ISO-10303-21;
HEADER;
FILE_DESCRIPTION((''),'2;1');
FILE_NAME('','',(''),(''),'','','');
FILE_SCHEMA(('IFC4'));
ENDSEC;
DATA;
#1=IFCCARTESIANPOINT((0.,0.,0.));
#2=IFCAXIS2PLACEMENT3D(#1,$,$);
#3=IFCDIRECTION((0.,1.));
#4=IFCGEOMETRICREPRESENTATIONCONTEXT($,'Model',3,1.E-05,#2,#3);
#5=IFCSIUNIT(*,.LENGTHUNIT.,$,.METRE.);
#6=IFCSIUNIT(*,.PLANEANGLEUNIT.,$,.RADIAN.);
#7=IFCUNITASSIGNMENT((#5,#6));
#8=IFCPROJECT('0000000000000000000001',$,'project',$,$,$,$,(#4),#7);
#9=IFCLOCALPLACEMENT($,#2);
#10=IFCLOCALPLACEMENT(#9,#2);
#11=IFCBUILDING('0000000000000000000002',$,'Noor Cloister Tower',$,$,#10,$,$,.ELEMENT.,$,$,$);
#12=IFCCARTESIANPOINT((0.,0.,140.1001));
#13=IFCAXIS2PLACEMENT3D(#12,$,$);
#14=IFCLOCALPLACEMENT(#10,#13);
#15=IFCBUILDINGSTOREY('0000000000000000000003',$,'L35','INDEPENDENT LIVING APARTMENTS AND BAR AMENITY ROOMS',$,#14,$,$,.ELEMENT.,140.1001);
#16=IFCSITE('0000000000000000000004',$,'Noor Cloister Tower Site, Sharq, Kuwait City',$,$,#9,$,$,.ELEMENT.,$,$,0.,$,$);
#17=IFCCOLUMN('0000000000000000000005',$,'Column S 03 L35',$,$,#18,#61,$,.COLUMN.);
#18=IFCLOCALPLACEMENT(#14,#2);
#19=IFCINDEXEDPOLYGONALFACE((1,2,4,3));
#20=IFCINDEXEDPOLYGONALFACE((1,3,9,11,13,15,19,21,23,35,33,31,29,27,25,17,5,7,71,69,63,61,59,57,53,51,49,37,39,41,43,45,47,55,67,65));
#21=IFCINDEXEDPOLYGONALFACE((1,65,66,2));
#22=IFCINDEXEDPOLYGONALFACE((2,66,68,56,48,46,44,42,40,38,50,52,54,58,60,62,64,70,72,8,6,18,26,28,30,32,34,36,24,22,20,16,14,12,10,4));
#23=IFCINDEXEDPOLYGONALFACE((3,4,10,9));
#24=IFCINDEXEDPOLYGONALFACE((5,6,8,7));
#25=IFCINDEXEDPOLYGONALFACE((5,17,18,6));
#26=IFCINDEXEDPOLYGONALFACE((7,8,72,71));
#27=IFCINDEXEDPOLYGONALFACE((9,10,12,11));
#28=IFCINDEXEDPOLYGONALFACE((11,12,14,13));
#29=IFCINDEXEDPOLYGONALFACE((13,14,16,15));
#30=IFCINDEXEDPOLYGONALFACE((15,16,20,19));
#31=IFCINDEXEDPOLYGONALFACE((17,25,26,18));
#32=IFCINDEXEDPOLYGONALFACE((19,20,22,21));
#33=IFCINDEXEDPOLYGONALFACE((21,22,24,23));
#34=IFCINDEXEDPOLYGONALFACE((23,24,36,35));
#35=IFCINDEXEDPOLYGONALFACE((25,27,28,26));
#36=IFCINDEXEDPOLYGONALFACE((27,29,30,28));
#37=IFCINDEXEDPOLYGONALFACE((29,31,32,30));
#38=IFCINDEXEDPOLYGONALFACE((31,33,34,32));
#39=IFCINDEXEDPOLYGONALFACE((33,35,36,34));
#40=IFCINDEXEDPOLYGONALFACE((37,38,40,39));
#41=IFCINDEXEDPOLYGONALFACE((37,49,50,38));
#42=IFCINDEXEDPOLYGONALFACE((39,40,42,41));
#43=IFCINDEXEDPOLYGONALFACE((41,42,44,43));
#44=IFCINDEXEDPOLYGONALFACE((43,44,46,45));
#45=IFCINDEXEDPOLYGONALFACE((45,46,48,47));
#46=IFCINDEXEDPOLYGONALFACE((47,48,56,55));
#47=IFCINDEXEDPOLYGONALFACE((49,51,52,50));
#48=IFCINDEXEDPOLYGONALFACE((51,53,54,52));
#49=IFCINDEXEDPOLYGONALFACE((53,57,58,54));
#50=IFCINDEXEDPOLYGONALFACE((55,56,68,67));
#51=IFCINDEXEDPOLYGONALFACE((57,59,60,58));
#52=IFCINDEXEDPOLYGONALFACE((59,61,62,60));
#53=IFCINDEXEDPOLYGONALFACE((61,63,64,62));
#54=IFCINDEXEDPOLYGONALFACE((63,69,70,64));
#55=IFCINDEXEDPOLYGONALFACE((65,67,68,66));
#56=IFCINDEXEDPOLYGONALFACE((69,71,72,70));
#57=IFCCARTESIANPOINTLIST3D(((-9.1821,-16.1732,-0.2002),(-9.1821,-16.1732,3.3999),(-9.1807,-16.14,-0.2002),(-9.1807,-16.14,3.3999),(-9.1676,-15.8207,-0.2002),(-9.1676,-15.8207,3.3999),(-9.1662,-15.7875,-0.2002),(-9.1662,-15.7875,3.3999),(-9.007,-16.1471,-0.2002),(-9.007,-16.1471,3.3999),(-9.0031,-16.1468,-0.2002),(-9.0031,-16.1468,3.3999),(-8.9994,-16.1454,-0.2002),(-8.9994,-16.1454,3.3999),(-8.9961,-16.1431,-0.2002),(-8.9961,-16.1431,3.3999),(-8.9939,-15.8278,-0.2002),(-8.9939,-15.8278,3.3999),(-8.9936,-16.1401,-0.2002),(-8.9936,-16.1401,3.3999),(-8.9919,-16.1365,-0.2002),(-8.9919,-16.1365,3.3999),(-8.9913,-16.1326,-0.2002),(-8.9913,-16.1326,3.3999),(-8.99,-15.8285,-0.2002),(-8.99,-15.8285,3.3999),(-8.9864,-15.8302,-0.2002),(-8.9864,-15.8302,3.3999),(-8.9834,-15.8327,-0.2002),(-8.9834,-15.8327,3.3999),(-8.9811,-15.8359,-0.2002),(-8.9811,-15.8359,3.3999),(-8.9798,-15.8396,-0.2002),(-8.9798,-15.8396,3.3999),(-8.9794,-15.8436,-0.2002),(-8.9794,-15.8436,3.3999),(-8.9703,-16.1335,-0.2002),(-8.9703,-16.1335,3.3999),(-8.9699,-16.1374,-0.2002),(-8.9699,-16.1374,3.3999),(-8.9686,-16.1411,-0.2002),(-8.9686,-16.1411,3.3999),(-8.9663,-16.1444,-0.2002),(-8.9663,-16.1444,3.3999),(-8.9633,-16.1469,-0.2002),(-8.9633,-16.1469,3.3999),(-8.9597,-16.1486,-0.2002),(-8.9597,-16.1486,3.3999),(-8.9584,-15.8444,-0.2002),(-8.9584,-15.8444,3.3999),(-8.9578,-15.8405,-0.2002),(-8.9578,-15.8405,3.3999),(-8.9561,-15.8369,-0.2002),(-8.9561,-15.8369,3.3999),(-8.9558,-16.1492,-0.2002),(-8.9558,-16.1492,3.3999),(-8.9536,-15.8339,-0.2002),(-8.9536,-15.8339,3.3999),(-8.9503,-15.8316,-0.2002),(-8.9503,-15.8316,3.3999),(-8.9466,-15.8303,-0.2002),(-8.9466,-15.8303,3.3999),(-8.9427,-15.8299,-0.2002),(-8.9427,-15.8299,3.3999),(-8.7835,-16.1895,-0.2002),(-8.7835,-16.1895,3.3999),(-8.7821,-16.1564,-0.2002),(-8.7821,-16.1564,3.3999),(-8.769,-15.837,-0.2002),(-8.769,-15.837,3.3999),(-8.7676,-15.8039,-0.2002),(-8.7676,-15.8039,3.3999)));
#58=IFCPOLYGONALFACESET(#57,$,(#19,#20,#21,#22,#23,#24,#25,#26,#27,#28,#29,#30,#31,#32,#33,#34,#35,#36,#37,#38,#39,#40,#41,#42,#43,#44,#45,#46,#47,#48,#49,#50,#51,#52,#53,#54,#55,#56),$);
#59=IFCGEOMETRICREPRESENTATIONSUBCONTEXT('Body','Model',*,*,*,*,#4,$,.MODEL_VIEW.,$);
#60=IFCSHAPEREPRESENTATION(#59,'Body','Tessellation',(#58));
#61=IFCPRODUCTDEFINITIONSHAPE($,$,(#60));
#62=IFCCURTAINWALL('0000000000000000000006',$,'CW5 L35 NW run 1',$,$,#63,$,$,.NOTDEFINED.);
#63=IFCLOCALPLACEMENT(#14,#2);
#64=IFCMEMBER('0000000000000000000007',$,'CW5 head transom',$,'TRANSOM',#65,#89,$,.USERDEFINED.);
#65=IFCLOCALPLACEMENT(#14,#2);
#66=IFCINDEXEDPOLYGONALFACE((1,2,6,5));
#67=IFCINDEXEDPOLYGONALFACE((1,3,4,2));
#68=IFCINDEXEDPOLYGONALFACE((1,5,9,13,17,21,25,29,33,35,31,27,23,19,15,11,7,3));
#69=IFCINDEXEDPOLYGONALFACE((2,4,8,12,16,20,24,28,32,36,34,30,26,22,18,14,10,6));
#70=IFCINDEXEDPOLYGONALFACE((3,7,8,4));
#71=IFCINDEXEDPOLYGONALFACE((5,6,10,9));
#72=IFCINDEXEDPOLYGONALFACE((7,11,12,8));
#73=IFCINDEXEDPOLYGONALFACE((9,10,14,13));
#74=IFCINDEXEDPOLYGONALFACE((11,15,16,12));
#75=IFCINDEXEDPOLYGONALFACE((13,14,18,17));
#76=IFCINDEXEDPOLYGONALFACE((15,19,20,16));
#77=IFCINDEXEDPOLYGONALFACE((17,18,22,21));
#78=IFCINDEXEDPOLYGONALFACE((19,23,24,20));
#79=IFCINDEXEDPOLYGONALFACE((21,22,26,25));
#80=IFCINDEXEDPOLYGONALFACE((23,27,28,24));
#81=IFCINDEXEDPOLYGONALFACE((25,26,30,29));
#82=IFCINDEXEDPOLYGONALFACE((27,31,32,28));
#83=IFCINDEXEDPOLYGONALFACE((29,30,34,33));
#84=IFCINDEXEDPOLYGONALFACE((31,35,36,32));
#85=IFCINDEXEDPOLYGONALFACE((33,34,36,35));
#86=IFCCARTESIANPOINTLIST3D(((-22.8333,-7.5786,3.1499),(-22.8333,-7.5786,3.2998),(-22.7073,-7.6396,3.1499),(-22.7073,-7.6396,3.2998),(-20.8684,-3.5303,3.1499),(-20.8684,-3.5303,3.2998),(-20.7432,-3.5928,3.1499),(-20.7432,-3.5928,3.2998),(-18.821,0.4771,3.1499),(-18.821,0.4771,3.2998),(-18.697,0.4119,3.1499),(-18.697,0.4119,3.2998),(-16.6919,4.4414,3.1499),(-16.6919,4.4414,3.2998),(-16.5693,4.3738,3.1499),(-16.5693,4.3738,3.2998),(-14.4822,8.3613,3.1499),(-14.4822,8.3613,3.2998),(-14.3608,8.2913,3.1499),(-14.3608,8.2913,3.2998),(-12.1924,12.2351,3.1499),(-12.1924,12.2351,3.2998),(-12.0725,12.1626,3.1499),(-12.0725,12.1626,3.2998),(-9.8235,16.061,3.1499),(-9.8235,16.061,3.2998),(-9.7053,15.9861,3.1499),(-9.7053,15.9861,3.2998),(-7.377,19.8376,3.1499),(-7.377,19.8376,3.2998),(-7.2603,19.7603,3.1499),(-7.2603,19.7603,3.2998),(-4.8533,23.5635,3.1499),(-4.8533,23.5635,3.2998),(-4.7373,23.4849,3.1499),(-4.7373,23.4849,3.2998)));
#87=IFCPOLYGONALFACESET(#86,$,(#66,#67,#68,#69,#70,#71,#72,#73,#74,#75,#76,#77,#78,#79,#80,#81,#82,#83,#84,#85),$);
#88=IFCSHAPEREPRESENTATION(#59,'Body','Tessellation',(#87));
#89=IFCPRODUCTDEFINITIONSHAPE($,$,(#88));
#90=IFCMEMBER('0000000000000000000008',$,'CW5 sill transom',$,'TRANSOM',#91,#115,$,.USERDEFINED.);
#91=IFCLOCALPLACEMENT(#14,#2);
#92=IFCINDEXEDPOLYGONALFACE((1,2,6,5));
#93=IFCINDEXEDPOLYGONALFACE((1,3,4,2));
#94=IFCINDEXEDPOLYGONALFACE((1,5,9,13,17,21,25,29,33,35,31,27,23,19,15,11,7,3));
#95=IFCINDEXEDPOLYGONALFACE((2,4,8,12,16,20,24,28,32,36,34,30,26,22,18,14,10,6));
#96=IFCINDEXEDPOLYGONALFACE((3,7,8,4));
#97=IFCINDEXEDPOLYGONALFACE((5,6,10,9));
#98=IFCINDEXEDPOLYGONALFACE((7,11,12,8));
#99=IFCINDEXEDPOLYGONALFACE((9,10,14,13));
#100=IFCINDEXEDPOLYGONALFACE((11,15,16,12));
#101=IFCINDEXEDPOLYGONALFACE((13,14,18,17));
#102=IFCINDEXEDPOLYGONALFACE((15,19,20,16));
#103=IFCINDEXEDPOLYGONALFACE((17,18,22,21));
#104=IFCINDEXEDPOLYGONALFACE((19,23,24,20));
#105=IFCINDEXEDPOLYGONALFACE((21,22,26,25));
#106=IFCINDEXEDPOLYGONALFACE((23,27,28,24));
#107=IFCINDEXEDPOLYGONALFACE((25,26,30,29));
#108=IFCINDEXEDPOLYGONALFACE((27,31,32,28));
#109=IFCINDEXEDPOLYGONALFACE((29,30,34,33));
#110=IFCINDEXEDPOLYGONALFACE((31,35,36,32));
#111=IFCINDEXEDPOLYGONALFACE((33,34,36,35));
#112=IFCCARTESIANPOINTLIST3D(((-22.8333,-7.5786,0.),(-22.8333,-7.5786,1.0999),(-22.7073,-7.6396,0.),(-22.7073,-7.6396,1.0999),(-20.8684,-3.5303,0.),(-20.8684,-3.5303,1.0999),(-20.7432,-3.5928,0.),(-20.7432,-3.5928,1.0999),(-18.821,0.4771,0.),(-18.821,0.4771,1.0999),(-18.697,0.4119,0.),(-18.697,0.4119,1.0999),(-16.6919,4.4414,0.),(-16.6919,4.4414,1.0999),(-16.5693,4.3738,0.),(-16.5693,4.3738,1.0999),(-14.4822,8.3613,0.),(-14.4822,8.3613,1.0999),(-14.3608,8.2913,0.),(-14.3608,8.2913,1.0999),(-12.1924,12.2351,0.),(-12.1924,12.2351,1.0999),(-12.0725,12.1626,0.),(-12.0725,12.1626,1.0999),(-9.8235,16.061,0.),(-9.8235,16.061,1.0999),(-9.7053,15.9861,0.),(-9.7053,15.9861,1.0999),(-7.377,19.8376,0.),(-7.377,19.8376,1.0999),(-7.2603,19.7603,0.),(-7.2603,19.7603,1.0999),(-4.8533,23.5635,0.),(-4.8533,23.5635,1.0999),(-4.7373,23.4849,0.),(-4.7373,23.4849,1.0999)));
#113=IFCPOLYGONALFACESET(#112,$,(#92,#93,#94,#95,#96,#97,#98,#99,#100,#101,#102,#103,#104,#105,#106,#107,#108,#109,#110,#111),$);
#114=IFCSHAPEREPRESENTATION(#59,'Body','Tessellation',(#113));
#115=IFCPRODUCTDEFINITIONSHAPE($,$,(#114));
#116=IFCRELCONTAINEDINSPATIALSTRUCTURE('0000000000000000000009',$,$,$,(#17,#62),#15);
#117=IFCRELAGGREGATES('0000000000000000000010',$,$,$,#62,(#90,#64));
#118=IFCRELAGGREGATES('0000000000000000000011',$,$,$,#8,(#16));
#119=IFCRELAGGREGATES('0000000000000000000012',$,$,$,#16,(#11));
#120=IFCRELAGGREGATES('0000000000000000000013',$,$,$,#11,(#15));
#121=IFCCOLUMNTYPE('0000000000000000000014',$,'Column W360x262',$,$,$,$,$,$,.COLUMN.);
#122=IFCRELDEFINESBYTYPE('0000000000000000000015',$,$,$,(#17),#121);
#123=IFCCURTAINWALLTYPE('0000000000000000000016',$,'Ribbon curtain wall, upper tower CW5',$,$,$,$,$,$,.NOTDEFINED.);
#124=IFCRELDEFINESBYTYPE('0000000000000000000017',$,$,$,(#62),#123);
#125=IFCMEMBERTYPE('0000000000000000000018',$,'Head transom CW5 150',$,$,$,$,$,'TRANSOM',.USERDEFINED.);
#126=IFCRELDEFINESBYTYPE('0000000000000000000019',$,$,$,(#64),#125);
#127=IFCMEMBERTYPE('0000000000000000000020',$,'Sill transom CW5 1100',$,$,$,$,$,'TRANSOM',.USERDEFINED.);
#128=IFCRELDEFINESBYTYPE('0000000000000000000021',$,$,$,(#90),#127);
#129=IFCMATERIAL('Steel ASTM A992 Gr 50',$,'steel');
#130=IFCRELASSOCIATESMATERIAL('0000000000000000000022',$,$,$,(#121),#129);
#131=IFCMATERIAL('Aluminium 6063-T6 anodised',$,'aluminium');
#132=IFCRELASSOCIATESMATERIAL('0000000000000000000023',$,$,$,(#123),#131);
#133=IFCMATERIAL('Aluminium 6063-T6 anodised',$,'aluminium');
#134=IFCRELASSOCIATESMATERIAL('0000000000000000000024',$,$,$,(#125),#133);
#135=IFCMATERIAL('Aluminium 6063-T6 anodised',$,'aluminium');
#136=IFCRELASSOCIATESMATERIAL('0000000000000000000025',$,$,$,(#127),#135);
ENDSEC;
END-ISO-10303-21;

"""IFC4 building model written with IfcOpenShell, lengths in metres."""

from ifc_helpers import new_model, si_unit, direction, frame, origin, origin_2d, place, context, subcontext, project, spatial, polyline, i_section, outline, extrude, material, material_profile, profile_set, type_object, element, aggregate, save


model = new_model("IFC4")

# Units and contexts
model_context = context("Model", 3, precision=1e-05, world=origin(), true_north=direction((0.0, 1.0)))
body_context = subcontext(model_context, "Body", "Model", "MODEL_VIEW")
ifc_project = project(units=[si_unit("LENGTHUNIT", "METRE"), si_unit("PLANEANGLEUNIT", "RADIAN")], contexts=[model_context])

# Site, building, storey
site_placement = place(None, origin())
site = spatial("IfcSite", under=ifc_project, at=site_placement, Name="Noor Cloister Tower Site, Sharq, Kuwait City", CompositionType="ELEMENT", RefElevation=0.0)
building_placement = place(site_placement, origin())
building = spatial("IfcBuilding", under=site, at=building_placement, Name="Noor Cloister Tower", CompositionType="ELEMENT")
storey_placement = place(building_placement, frame((0.0, 0.0, 140.1001)))
storey = spatial("IfcBuildingStorey", under=building, at=storey_placement, Name="L35", Description="INDEPENDENT LIVING APARTMENTS AND BAR AMENITY ROOMS", CompositionType="ELEMENT", Elevation=140.1001)

# Column
ifc_material_1 = material(Name="Steel ASTM A992 Gr 50", Category="steel")
ifc_material_profile = material_profile(ifc_material_1, i_section(OverallWidth=0.3989, OverallDepth=0.386, WebThickness=0.021, FlangeThickness=0.0332, FilletRadius=0.0151, at=origin_2d()), Name="W360x262")
ifc_profile_set = profile_set([ifc_material_profile], Name="Steel ASTM A992 Gr 50")
column_type = type_object("IfcColumnType", Name="Column W360x262", PredefinedType="COLUMN", material=ifc_profile_set)
column_placement = place(storey_placement, frame((-8.9749, -15.9885, -0.2002), z_axis=(0.0, 0.0, 1.0), x_axis=(0.999159, -0.040995, 0.0)))
element("IfcColumn", 1, at=column_placement, inside=storey, type_object=column_type, Name="Column S 03 L35", PredefinedType="COLUMN", context=body_context, shape_type="SweptSolid", body=[
    extrude(i_section(OverallWidth=0.3989, OverallDepth=0.386, WebThickness=0.021, FlangeThickness=0.0332, FilletRadius=0.0151, at=origin_2d()), origin(), (0.0, 0.0, 1.0), 3.6001),
])

# Curtain wall, members
ifc_material_2 = material(Name="Aluminium 6063-T6 anodised", Category="aluminium")
curtain_wall_type = type_object("IfcCurtainWallType", Name="Ribbon curtain wall, upper tower CW5", PredefinedType="NOTDEFINED", material=ifc_material_2)
curtain_wall_placement = place(storey_placement, origin())
curtain_wall = element("IfcCurtainWall", 2, at=curtain_wall_placement, inside=storey, type_object=curtain_wall_type, Name="CW5 L35 NW run 1", PredefinedType="NOTDEFINED")
ifc_material_3 = material(Name="Aluminium 6063-T6 anodised", Category="aluminium")
member_type_1 = type_object("IfcMemberType", Name="Head transom CW5 150", ElementType="TRANSOM", PredefinedType="USERDEFINED", material=ifc_material_3)
member_1_placement = place(storey_placement, frame((0.0, 0.0, 3.1499)))
member_1 = element("IfcMember", 3, at=member_1_placement, type_object=member_type_1, Name="CW5 head transom", ObjectType="TRANSOM", PredefinedType="USERDEFINED", context=body_context, shape_type="SweptSolid", body=[
    extrude(outline(polyline([(-4.8533, 23.5635), (-7.377, 19.8376), (-9.8235, 16.061), (-12.1924, 12.2351), (-14.4822, 8.3613), (-16.6919, 4.4414), (-18.821, 0.4771), (-20.8684, -3.5303), (-22.8333, -7.5786), (-22.7073, -7.6396), (-20.7432, -3.5928), (-18.697, 0.4119), (-16.5693, 4.3738), (-14.3608, 8.2913), (-12.0725, 12.1626), (-9.7053, 15.9861), (-7.2603, 19.7603), (-4.7373, 23.4849), (-4.8533, 23.5635)])), origin(), (0.0, 0.0, 1.0), 0.1499),
])
ifc_material_4 = material(Name="Aluminium 6063-T6 anodised", Category="aluminium")
member_type_2 = type_object("IfcMemberType", Name="Sill transom CW5 1100", ElementType="TRANSOM", PredefinedType="USERDEFINED", material=ifc_material_4)
member_2_placement = place(storey_placement, origin())
member_2 = element("IfcMember", 4, at=member_2_placement, type_object=member_type_2, Name="CW5 sill transom", ObjectType="TRANSOM", PredefinedType="USERDEFINED", context=body_context, shape_type="SweptSolid", body=[
    extrude(outline(polyline([(-4.8533, 23.5635), (-7.377, 19.8376), (-9.8235, 16.061), (-12.1924, 12.2351), (-14.4822, 8.3613), (-16.6919, 4.4414), (-18.821, 0.4771), (-20.8684, -3.5303), (-22.8333, -7.5786), (-22.7073, -7.6396), (-20.7432, -3.5928), (-18.697, 0.4119), (-16.5693, 4.3738), (-14.3608, 8.2913), (-12.0725, 12.1626), (-9.7053, 15.9861), (-7.2603, 19.7603), (-4.7373, 23.4849), (-4.8533, 23.5635)])), origin(), (0.0, 0.0, 1.0), 1.0999),
])
aggregate(curtain_wall, [member_2, member_1])

save(model, "model.ifc")
